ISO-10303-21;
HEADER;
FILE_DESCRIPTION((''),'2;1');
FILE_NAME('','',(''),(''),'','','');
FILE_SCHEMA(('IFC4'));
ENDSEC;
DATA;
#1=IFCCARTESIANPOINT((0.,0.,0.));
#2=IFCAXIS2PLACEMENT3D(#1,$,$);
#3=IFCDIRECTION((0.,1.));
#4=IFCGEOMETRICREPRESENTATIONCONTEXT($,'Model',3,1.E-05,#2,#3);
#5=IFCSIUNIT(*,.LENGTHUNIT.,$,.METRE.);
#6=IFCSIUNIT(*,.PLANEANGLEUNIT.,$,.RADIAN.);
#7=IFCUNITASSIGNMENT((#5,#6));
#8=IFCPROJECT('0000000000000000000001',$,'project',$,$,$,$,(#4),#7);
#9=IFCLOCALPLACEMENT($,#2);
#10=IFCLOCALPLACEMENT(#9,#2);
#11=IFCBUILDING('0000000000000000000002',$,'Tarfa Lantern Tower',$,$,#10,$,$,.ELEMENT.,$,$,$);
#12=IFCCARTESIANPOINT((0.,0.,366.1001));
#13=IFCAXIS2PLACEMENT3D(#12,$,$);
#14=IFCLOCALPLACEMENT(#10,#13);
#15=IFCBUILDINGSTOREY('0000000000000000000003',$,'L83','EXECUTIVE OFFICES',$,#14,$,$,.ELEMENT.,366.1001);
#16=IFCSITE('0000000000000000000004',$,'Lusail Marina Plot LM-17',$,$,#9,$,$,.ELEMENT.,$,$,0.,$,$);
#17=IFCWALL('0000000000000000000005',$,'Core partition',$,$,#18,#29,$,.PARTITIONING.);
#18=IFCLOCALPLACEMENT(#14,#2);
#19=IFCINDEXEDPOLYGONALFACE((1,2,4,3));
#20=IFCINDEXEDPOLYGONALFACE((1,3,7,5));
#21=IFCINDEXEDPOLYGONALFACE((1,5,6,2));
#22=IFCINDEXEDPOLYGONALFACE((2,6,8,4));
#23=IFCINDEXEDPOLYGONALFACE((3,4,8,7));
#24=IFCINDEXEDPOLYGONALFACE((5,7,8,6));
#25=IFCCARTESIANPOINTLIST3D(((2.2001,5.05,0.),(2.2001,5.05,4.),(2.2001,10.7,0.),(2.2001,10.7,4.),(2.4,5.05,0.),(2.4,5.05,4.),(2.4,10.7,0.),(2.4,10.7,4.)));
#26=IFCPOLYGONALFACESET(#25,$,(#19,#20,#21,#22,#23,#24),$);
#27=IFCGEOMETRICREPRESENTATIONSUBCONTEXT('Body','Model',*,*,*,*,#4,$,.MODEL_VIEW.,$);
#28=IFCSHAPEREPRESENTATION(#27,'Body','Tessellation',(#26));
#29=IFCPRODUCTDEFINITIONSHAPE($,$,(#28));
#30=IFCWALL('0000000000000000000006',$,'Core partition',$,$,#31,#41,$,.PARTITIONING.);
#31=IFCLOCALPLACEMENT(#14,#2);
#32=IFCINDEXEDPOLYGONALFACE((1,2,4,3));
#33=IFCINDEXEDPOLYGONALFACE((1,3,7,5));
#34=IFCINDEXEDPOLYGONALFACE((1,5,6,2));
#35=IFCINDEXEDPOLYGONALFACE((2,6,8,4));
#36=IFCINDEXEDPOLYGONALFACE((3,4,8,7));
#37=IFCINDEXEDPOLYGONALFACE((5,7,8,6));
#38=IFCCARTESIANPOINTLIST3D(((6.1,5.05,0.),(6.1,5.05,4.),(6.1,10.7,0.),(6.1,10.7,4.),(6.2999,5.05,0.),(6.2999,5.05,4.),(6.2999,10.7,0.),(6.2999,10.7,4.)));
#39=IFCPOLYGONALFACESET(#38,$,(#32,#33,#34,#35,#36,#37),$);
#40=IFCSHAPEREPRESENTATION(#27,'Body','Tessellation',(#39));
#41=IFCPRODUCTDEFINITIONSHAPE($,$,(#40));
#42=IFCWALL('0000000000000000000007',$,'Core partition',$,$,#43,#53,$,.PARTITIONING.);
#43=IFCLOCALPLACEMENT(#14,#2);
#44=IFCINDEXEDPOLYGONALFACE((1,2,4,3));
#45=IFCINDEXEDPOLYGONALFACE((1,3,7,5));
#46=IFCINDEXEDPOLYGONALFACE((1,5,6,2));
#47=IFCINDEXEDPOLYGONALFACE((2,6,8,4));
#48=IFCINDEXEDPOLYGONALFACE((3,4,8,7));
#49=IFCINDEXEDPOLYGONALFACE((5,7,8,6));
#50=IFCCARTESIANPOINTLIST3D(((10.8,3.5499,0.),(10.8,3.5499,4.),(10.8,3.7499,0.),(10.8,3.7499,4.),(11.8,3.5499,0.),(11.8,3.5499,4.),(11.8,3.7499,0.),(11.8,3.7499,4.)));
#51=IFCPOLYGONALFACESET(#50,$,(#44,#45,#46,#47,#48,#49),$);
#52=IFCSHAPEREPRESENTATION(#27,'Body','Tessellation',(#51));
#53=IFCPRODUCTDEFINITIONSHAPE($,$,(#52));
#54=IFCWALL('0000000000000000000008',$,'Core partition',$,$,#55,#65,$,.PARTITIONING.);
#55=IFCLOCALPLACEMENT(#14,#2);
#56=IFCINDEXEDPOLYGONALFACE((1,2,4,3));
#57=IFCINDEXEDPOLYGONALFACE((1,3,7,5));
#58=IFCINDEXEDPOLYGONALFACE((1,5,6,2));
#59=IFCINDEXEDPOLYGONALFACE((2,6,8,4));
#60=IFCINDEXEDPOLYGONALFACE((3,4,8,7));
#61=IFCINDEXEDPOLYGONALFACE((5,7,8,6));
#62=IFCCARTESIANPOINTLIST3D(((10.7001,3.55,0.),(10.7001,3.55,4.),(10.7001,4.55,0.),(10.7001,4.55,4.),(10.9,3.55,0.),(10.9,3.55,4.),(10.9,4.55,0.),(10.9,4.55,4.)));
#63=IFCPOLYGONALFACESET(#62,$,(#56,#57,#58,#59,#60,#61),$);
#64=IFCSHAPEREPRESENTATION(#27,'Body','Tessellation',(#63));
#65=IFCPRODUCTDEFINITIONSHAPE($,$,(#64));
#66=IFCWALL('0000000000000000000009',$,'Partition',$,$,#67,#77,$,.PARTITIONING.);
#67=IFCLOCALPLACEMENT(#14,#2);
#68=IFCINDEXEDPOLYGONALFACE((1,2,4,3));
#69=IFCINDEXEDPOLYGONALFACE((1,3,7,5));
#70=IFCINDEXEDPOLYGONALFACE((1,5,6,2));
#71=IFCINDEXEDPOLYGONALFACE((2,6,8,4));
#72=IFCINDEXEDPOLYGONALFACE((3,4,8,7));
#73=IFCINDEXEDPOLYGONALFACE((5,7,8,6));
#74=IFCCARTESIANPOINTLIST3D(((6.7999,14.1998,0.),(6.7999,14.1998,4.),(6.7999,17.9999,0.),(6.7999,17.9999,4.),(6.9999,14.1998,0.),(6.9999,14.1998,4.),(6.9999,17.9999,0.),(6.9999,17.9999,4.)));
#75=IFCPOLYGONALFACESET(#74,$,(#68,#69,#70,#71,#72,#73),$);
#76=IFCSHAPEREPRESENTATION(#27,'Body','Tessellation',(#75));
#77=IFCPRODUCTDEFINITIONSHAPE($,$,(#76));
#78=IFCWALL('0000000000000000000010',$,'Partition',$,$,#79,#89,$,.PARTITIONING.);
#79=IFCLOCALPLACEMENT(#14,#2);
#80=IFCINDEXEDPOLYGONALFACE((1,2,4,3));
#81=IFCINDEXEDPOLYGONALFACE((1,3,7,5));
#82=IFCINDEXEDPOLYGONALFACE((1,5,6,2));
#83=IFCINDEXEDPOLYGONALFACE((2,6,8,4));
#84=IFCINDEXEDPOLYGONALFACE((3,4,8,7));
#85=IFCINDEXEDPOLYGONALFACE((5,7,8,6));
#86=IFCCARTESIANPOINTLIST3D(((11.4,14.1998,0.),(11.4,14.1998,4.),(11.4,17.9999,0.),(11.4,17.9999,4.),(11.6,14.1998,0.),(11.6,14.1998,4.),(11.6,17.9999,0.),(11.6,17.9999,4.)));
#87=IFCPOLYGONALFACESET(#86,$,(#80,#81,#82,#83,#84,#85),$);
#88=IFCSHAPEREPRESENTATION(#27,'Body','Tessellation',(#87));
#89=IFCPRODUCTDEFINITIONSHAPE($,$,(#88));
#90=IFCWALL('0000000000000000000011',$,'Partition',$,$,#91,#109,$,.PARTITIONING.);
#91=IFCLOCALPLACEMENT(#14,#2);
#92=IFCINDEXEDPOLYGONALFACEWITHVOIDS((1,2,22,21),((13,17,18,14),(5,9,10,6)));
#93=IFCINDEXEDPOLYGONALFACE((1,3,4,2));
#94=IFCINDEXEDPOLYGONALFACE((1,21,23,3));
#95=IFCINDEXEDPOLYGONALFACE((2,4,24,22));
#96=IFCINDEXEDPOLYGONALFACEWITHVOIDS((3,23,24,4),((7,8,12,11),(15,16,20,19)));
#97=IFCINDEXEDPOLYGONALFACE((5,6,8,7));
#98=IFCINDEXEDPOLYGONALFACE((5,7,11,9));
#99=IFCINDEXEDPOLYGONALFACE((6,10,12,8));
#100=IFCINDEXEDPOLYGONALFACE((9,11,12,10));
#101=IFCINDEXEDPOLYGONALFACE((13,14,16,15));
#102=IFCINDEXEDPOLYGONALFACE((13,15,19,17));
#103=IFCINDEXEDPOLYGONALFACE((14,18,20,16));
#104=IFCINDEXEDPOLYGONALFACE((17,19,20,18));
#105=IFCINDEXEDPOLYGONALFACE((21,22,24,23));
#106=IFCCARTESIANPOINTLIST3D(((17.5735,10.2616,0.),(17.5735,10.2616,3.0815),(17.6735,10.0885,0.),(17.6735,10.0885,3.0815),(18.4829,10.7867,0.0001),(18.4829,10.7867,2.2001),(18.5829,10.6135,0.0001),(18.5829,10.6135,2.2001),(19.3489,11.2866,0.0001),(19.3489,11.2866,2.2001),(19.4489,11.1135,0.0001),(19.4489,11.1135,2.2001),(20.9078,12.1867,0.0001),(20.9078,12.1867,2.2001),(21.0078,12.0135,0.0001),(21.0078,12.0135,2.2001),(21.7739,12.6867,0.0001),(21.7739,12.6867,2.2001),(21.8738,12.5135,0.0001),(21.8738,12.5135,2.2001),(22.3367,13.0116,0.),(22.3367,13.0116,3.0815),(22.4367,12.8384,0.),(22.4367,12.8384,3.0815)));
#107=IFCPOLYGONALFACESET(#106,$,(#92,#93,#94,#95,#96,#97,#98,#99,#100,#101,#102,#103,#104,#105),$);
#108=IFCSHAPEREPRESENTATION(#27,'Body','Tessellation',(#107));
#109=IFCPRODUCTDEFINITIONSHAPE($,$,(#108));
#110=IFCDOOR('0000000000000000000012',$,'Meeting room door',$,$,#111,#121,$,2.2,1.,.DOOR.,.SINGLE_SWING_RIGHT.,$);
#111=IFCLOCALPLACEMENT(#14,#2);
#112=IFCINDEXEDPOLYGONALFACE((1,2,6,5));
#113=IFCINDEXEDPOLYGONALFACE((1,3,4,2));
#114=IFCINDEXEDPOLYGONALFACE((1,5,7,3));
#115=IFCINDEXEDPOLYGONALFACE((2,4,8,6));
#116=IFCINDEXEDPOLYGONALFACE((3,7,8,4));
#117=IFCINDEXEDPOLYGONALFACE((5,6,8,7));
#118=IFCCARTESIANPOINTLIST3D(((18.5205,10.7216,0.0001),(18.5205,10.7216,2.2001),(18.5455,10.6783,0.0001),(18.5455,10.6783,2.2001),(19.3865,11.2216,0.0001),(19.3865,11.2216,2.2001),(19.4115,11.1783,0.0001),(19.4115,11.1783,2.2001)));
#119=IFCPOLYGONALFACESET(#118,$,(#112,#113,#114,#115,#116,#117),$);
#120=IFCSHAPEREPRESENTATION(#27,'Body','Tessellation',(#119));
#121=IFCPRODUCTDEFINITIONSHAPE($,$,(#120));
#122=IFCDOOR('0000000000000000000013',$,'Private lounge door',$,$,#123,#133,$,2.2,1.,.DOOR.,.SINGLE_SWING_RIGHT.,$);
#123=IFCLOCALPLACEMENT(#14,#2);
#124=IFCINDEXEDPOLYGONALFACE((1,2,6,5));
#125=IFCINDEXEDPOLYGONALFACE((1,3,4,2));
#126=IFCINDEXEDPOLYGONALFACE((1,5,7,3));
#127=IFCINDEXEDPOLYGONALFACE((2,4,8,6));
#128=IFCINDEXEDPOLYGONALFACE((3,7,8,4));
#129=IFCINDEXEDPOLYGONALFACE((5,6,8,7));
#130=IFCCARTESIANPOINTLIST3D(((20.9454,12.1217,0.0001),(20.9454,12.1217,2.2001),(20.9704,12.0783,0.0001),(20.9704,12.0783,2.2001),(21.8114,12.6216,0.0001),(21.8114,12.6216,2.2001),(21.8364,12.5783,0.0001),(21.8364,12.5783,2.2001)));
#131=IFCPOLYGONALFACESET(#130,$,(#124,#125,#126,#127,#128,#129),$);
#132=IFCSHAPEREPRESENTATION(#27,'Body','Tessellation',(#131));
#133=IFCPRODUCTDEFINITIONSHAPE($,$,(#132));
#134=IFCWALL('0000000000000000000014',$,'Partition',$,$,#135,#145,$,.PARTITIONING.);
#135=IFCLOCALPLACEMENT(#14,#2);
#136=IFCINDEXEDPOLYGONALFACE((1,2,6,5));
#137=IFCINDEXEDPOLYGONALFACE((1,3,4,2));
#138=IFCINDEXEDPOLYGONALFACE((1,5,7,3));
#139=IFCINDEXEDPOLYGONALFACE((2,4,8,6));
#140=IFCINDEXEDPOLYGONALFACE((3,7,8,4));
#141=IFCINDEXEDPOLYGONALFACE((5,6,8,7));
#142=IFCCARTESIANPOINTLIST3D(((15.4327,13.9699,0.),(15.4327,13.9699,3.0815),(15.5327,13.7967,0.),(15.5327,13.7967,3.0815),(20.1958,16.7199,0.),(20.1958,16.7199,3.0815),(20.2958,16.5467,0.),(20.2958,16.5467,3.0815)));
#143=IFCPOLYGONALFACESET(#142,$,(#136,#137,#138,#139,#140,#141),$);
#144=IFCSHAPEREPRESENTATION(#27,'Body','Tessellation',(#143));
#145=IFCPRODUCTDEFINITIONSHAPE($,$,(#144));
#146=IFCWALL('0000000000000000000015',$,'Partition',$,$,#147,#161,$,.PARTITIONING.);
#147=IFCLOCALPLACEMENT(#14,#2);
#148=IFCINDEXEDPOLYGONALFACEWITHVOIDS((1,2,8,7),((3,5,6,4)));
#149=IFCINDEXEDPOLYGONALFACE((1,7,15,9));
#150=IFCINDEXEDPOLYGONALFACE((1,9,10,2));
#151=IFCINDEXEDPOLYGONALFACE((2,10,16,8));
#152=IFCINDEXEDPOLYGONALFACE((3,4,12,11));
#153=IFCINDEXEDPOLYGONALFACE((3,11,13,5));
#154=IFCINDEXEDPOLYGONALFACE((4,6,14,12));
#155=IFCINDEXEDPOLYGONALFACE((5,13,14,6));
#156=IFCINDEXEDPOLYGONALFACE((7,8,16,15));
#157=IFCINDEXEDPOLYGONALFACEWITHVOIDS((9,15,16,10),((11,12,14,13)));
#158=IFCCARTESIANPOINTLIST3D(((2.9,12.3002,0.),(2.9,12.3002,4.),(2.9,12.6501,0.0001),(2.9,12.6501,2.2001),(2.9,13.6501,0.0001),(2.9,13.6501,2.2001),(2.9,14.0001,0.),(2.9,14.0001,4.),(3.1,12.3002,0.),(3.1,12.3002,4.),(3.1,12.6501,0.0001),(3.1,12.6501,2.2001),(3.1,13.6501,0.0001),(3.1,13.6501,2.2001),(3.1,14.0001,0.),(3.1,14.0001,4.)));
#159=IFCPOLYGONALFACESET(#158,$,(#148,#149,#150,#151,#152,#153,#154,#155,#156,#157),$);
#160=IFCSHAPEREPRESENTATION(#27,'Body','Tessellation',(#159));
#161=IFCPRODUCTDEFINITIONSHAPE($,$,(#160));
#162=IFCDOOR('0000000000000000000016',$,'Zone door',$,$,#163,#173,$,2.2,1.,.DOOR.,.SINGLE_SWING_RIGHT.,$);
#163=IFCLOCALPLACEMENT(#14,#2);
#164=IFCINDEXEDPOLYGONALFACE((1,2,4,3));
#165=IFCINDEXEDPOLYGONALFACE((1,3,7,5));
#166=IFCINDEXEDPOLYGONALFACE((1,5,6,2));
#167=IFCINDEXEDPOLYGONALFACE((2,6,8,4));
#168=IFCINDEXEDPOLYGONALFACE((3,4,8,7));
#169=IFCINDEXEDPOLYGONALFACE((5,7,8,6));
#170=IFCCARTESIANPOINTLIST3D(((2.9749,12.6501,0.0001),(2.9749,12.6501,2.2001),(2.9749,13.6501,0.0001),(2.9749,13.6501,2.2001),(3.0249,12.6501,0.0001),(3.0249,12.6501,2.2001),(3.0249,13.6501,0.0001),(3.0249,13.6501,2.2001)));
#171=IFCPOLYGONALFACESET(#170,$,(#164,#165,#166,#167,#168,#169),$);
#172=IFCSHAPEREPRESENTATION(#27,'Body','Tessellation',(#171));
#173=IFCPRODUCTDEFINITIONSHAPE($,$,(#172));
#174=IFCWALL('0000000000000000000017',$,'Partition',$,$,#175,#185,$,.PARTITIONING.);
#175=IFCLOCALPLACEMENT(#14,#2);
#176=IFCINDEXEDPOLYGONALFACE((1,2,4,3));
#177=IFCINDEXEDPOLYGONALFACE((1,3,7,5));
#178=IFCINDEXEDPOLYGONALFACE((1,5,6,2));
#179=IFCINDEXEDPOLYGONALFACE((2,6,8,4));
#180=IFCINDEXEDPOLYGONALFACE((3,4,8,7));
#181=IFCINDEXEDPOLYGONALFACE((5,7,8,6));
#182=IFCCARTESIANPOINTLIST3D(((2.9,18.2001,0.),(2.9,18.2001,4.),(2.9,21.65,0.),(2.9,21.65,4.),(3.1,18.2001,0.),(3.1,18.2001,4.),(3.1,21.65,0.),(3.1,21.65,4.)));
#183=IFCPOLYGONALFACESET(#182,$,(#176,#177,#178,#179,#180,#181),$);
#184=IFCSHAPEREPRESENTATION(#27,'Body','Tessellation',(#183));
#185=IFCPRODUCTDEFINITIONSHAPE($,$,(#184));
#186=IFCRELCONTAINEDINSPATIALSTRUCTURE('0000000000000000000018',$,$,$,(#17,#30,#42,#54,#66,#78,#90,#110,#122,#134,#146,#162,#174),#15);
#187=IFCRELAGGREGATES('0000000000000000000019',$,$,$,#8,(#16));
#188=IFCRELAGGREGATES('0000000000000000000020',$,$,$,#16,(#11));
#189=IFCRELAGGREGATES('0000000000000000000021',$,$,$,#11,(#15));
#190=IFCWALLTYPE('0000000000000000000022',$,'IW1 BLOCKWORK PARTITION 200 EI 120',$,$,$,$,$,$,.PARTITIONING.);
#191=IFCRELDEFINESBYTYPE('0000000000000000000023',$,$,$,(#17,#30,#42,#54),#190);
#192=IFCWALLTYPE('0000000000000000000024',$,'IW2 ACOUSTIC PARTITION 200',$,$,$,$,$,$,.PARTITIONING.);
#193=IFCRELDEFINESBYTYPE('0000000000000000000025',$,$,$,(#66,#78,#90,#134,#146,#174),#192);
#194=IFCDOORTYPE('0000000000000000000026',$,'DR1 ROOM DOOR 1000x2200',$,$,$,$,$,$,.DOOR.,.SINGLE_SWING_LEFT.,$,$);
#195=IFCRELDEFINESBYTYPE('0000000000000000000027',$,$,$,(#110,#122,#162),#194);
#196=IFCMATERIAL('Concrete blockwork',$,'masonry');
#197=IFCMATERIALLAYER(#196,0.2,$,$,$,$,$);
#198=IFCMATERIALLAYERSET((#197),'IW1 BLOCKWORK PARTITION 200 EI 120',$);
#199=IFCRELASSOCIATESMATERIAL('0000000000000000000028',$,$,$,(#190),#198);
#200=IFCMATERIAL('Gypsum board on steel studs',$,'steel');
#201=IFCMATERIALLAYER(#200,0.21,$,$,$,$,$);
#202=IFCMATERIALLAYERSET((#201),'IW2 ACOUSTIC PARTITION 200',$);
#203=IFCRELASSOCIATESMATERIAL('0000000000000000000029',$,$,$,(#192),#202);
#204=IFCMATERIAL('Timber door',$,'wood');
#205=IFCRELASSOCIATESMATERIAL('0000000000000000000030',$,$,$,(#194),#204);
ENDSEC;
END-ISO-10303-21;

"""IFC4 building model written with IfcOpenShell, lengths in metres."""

from ifc_helpers import new_model, si_unit, direction, frame, frame_2d, origin, place, context, subcontext, project, spatial, rectangle, extrude, material, layer, layer_set, type_object, element, fill, save


model = new_model("IFC4")

# Units and contexts
model_context = context("Model", 3, precision=1e-05, world=origin(), true_north=direction((0.0, 1.0)))
body_context = subcontext(model_context, "Body", "Model", "MODEL_VIEW")
ifc_project = project(units=[si_unit("LENGTHUNIT", "METRE"), si_unit("PLANEANGLEUNIT", "RADIAN")], contexts=[model_context])

# Site, building, storey
site_placement = place(None, origin())
site = spatial("IfcSite", under=ifc_project, at=site_placement, Name="Lusail Marina Plot LM-17", CompositionType="ELEMENT", RefElevation=0.0)
building_placement = place(site_placement, origin())
building = spatial("IfcBuilding", under=site, at=building_placement, Name="Tarfa Lantern Tower", CompositionType="ELEMENT")
storey_placement = place(building_placement, frame((0.0, 0.0, 366.1001)))
storey = spatial("IfcBuildingStorey", under=building, at=storey_placement, Name="L83", Description="EXECUTIVE OFFICES", CompositionType="ELEMENT", Elevation=366.1001)

# Walls
ifc_material_1 = material(Name="Concrete blockwork", Category="masonry")
ifc_layer_1 = layer(ifc_material_1, 0.2)
ifc_layer_set_1 = layer_set([ifc_layer_1], Name="IW1 BLOCKWORK PARTITION 200 EI 120")
wall_type_1 = type_object("IfcWallType", Name="IW1 BLOCKWORK PARTITION 200 EI 120", PredefinedType="PARTITIONING", material=ifc_layer_set_1)
for number, where, z_axis, x_axis, name in (
    (1, (2.3, 5.05, 0.0), (0.0, 0.0, 1.0), (0.0, 1.0, 0.0), "Core partition"),
    (2, (6.2, 5.05, 0.0), (0.0, 0.0, 1.0), (0.0, 1.0, 0.0), "Core partition"),
):
    element("IfcWall", number, at=place(storey_placement, frame(where, z_axis=z_axis, x_axis=x_axis)), inside=storey, type_object=wall_type_1, Name=name, PredefinedType="PARTITIONING", context=body_context, shape_type="SweptSolid", body=[
        extrude(rectangle(XDim=5.6499, YDim=0.2, at=frame_2d((2.825, 0.0))), origin(), (0.0, 0.0, 1.0), 4.0),
    ])
for number, where, z_axis, x_axis, name in (
    (3, (10.8, 3.6499, 0.0), (0.0, 0.0, 1.0), (1.0, 0.0, 0.0), "Core partition"),
    (4, (10.8, 3.55, 0.0), (0.0, 0.0, 1.0), (0.0, 1.0, 0.0), "Core partition"),
):
    element("IfcWall", number, at=place(storey_placement, frame(where, z_axis=z_axis, x_axis=x_axis)), inside=storey, type_object=wall_type_1, Name=name, PredefinedType="PARTITIONING", context=body_context, shape_type="SweptSolid", body=[
        extrude(rectangle(XDim=1.0, YDim=0.2, at=frame_2d((0.5, 0.0))), origin(), (0.0, 0.0, 1.0), 4.0),
    ])
ifc_material_2 = material(Name="Gypsum board on steel studs", Category="steel")
ifc_layer_2 = layer(ifc_material_2, 0.21)
ifc_layer_set_2 = layer_set([ifc_layer_2], Name="IW2 ACOUSTIC PARTITION 200")
wall_type_2 = type_object("IfcWallType", Name="IW2 ACOUSTIC PARTITION 200", PredefinedType="PARTITIONING", material=ifc_layer_set_2)
for number, where, z_axis, x_axis, name in (
    (5, (6.8999, 14.2, 0.0), (0.0, 0.0, 1.0), (0.0, 1.0, 0.0), "Partition"),
    (6, (11.5, 14.2, 0.0), (0.0, 0.0, 1.0), (0.0, 1.0, 0.0), "Partition"),
):
    element("IfcWall", number, at=place(storey_placement, frame(where, z_axis=z_axis, x_axis=x_axis)), inside=storey, type_object=wall_type_2, Name=name, PredefinedType="PARTITIONING", context=body_context, shape_type="SweptSolid", body=[
        extrude(rectangle(XDim=3.8, YDim=0.2, at=frame_2d((1.8999, 0.0))), origin(), (0.0, 0.0, 1.0), 4.0),
    ])

# Wall, openings, doors
wall_1_placement = place(storey_placement, frame((17.6235, 10.175, 0.0), z_axis=(0.0, 0.0, 1.0), x_axis=(0.866027, 0.499997, 0.0)))
wall_1 = element("IfcWall", 7, at=wall_1_placement, inside=storey, type_object=wall_type_2, Name="Partition", PredefinedType="PARTITIONING", context=body_context, shape_type="SweptSolid", body=[
    extrude(rectangle(XDim=5.5, YDim=0.2, at=frame_2d((2.75, 0.0))), origin(), (0.0, 0.0, 1.0), 3.0815),
])
opening_1_placement = place(wall_1_placement, frame((1.05, 0.0, 0.0)))
opening_1 = element("IfcOpeningElement", 8, at=opening_1_placement, cuts=wall_1, PredefinedType="OPENING", context=body_context, shape_type="SweptSolid", body=[
    extrude(rectangle(XDim=1.0, YDim=2.2, at=frame_2d((0.5, 1.1001))), frame((0.0, 0.1099, 0.0), z_axis=(0.0, -1.0, 0.0), x_axis=(1.0, 0.0, 0.0)), (0.0, 0.0, 1.0), 0.22),
])
opening_2_placement = place(wall_1_placement, frame((3.8501, 0.0, 0.0)))
opening_2 = element("IfcOpeningElement", 9, at=opening_2_placement, cuts=wall_1, PredefinedType="OPENING", context=body_context, shape_type="SweptSolid", body=[
    extrude(rectangle(XDim=1.0, YDim=2.2, at=frame_2d((0.5, 1.1001))), frame((0.0, 0.1099, 0.0), z_axis=(0.0, -1.0, 0.0), x_axis=(1.0, 0.0, 0.0)), (0.0, 0.0, 1.0), 0.22),
])
ifc_material_3 = material(Name="Timber door", Category="wood")
door_type = type_object("IfcDoorType", Name="DR1 ROOM DOOR 1000x2200", OperationType="SINGLE_SWING_LEFT", PredefinedType="DOOR", material=ifc_material_3)
door_1_placement = place(opening_1_placement, origin())
door_1 = element("IfcDoor", 10, at=door_1_placement, inside=storey, type_object=door_type, Name="Meeting room door", OperationType="SINGLE_SWING_RIGHT", OverallHeight=2.2, OverallWidth=1.0, PredefinedType="DOOR", context=body_context, shape_type="SweptSolid", body=[
    extrude(rectangle(XDim=1.0, YDim=2.2, at=frame_2d((0.5, 1.1001))), frame((0.0, 0.0249, 0.0), z_axis=(0.0, -1.0, 0.0), x_axis=(1.0, 0.0, 0.0)), (0.0, 0.0, 1.0), 0.05),
])
fill(opening_1, door_1)
door_2_placement = place(opening_2_placement, origin())
door_2 = element("IfcDoor", 11, at=door_2_placement, inside=storey, type_object=door_type, Name="Private lounge door", OperationType="SINGLE_SWING_RIGHT", OverallHeight=2.2, OverallWidth=1.0, PredefinedType="DOOR", context=body_context, shape_type="SweptSolid", body=[
    extrude(rectangle(XDim=1.0, YDim=2.2, at=frame_2d((0.5, 1.1001))), frame((0.0, 0.0249, 0.0), z_axis=(0.0, -1.0, 0.0), x_axis=(1.0, 0.0, 0.0)), (0.0, 0.0, 1.0), 0.05),
])
fill(opening_2, door_2)

# Wall
wall_2_placement = place(storey_placement, frame((15.4827, 13.8833, 0.0), z_axis=(0.0, 0.0, 1.0), x_axis=(0.866027, 0.499997, 0.0)))
element("IfcWall", 12, at=wall_2_placement, inside=storey, type_object=wall_type_2, Name="Partition", PredefinedType="PARTITIONING", context=body_context, shape_type="SweptSolid", body=[
    extrude(rectangle(XDim=5.5, YDim=0.2, at=frame_2d((2.75, 0.0))), origin(), (0.0, 0.0, 1.0), 3.0815),
])

# Wall, opening, door
wall_3_placement = place(storey_placement, frame((3.0, 12.3, 0.0), z_axis=(0.0, 0.0, 1.0), x_axis=(0.0, 1.0, 0.0)))
wall_3 = element("IfcWall", 13, at=wall_3_placement, inside=storey, type_object=wall_type_2, Name="Partition", PredefinedType="PARTITIONING", context=body_context, shape_type="SweptSolid", body=[
    extrude(rectangle(XDim=1.7, YDim=0.2, at=frame_2d((0.8501, 0.0))), origin(), (0.0, 0.0, 1.0), 4.0),
])
opening_3_placement = place(wall_3_placement, frame((0.3501, 0.0, 0.0)))
opening_3 = element("IfcOpeningElement", 14, at=opening_3_placement, cuts=wall_3, PredefinedType="OPENING", context=body_context, shape_type="SweptSolid", body=[
    extrude(rectangle(XDim=1.0, YDim=2.2, at=frame_2d((0.5, 1.1001))), frame((0.0, 0.1099, 0.0), z_axis=(0.0, -1.0, 0.0), x_axis=(1.0, 0.0, 0.0)), (0.0, 0.0, 1.0), 0.22),
])
door_3_placement = place(opening_3_placement, frame((1.0, 0.0, 0.0), z_axis=(0.0, 0.0, 1.0), x_axis=(-1.0, 0.0, 0.0)))
door_3 = element("IfcDoor", 15, at=door_3_placement, inside=storey, type_object=door_type, Name="Zone door", OperationType="SINGLE_SWING_RIGHT", OverallHeight=2.2, OverallWidth=1.0, PredefinedType="DOOR", context=body_context, shape_type="SweptSolid", body=[
    extrude(rectangle(XDim=1.0, YDim=2.2, at=frame_2d((0.5, 1.1001))), frame((0.0, 0.0249, 0.0), z_axis=(0.0, -1.0, 0.0), x_axis=(1.0, 0.0, 0.0)), (0.0, 0.0, 1.0), 0.05),
])
fill(opening_3, door_3)

# Wall
wall_4_placement = place(storey_placement, frame((3.0, 18.2, 0.0), z_axis=(0.0, 0.0, 1.0), x_axis=(0.0, 1.0, 0.0)))
element("IfcWall", 16, at=wall_4_placement, inside=storey, type_object=wall_type_2, Name="Partition", PredefinedType="PARTITIONING", context=body_context, shape_type="SweptSolid", body=[
    extrude(rectangle(XDim=3.45, YDim=0.2, at=frame_2d((1.7251, 0.0))), origin(), (0.0, 0.0, 1.0), 4.0),
])

save(model, "model.ifc")
